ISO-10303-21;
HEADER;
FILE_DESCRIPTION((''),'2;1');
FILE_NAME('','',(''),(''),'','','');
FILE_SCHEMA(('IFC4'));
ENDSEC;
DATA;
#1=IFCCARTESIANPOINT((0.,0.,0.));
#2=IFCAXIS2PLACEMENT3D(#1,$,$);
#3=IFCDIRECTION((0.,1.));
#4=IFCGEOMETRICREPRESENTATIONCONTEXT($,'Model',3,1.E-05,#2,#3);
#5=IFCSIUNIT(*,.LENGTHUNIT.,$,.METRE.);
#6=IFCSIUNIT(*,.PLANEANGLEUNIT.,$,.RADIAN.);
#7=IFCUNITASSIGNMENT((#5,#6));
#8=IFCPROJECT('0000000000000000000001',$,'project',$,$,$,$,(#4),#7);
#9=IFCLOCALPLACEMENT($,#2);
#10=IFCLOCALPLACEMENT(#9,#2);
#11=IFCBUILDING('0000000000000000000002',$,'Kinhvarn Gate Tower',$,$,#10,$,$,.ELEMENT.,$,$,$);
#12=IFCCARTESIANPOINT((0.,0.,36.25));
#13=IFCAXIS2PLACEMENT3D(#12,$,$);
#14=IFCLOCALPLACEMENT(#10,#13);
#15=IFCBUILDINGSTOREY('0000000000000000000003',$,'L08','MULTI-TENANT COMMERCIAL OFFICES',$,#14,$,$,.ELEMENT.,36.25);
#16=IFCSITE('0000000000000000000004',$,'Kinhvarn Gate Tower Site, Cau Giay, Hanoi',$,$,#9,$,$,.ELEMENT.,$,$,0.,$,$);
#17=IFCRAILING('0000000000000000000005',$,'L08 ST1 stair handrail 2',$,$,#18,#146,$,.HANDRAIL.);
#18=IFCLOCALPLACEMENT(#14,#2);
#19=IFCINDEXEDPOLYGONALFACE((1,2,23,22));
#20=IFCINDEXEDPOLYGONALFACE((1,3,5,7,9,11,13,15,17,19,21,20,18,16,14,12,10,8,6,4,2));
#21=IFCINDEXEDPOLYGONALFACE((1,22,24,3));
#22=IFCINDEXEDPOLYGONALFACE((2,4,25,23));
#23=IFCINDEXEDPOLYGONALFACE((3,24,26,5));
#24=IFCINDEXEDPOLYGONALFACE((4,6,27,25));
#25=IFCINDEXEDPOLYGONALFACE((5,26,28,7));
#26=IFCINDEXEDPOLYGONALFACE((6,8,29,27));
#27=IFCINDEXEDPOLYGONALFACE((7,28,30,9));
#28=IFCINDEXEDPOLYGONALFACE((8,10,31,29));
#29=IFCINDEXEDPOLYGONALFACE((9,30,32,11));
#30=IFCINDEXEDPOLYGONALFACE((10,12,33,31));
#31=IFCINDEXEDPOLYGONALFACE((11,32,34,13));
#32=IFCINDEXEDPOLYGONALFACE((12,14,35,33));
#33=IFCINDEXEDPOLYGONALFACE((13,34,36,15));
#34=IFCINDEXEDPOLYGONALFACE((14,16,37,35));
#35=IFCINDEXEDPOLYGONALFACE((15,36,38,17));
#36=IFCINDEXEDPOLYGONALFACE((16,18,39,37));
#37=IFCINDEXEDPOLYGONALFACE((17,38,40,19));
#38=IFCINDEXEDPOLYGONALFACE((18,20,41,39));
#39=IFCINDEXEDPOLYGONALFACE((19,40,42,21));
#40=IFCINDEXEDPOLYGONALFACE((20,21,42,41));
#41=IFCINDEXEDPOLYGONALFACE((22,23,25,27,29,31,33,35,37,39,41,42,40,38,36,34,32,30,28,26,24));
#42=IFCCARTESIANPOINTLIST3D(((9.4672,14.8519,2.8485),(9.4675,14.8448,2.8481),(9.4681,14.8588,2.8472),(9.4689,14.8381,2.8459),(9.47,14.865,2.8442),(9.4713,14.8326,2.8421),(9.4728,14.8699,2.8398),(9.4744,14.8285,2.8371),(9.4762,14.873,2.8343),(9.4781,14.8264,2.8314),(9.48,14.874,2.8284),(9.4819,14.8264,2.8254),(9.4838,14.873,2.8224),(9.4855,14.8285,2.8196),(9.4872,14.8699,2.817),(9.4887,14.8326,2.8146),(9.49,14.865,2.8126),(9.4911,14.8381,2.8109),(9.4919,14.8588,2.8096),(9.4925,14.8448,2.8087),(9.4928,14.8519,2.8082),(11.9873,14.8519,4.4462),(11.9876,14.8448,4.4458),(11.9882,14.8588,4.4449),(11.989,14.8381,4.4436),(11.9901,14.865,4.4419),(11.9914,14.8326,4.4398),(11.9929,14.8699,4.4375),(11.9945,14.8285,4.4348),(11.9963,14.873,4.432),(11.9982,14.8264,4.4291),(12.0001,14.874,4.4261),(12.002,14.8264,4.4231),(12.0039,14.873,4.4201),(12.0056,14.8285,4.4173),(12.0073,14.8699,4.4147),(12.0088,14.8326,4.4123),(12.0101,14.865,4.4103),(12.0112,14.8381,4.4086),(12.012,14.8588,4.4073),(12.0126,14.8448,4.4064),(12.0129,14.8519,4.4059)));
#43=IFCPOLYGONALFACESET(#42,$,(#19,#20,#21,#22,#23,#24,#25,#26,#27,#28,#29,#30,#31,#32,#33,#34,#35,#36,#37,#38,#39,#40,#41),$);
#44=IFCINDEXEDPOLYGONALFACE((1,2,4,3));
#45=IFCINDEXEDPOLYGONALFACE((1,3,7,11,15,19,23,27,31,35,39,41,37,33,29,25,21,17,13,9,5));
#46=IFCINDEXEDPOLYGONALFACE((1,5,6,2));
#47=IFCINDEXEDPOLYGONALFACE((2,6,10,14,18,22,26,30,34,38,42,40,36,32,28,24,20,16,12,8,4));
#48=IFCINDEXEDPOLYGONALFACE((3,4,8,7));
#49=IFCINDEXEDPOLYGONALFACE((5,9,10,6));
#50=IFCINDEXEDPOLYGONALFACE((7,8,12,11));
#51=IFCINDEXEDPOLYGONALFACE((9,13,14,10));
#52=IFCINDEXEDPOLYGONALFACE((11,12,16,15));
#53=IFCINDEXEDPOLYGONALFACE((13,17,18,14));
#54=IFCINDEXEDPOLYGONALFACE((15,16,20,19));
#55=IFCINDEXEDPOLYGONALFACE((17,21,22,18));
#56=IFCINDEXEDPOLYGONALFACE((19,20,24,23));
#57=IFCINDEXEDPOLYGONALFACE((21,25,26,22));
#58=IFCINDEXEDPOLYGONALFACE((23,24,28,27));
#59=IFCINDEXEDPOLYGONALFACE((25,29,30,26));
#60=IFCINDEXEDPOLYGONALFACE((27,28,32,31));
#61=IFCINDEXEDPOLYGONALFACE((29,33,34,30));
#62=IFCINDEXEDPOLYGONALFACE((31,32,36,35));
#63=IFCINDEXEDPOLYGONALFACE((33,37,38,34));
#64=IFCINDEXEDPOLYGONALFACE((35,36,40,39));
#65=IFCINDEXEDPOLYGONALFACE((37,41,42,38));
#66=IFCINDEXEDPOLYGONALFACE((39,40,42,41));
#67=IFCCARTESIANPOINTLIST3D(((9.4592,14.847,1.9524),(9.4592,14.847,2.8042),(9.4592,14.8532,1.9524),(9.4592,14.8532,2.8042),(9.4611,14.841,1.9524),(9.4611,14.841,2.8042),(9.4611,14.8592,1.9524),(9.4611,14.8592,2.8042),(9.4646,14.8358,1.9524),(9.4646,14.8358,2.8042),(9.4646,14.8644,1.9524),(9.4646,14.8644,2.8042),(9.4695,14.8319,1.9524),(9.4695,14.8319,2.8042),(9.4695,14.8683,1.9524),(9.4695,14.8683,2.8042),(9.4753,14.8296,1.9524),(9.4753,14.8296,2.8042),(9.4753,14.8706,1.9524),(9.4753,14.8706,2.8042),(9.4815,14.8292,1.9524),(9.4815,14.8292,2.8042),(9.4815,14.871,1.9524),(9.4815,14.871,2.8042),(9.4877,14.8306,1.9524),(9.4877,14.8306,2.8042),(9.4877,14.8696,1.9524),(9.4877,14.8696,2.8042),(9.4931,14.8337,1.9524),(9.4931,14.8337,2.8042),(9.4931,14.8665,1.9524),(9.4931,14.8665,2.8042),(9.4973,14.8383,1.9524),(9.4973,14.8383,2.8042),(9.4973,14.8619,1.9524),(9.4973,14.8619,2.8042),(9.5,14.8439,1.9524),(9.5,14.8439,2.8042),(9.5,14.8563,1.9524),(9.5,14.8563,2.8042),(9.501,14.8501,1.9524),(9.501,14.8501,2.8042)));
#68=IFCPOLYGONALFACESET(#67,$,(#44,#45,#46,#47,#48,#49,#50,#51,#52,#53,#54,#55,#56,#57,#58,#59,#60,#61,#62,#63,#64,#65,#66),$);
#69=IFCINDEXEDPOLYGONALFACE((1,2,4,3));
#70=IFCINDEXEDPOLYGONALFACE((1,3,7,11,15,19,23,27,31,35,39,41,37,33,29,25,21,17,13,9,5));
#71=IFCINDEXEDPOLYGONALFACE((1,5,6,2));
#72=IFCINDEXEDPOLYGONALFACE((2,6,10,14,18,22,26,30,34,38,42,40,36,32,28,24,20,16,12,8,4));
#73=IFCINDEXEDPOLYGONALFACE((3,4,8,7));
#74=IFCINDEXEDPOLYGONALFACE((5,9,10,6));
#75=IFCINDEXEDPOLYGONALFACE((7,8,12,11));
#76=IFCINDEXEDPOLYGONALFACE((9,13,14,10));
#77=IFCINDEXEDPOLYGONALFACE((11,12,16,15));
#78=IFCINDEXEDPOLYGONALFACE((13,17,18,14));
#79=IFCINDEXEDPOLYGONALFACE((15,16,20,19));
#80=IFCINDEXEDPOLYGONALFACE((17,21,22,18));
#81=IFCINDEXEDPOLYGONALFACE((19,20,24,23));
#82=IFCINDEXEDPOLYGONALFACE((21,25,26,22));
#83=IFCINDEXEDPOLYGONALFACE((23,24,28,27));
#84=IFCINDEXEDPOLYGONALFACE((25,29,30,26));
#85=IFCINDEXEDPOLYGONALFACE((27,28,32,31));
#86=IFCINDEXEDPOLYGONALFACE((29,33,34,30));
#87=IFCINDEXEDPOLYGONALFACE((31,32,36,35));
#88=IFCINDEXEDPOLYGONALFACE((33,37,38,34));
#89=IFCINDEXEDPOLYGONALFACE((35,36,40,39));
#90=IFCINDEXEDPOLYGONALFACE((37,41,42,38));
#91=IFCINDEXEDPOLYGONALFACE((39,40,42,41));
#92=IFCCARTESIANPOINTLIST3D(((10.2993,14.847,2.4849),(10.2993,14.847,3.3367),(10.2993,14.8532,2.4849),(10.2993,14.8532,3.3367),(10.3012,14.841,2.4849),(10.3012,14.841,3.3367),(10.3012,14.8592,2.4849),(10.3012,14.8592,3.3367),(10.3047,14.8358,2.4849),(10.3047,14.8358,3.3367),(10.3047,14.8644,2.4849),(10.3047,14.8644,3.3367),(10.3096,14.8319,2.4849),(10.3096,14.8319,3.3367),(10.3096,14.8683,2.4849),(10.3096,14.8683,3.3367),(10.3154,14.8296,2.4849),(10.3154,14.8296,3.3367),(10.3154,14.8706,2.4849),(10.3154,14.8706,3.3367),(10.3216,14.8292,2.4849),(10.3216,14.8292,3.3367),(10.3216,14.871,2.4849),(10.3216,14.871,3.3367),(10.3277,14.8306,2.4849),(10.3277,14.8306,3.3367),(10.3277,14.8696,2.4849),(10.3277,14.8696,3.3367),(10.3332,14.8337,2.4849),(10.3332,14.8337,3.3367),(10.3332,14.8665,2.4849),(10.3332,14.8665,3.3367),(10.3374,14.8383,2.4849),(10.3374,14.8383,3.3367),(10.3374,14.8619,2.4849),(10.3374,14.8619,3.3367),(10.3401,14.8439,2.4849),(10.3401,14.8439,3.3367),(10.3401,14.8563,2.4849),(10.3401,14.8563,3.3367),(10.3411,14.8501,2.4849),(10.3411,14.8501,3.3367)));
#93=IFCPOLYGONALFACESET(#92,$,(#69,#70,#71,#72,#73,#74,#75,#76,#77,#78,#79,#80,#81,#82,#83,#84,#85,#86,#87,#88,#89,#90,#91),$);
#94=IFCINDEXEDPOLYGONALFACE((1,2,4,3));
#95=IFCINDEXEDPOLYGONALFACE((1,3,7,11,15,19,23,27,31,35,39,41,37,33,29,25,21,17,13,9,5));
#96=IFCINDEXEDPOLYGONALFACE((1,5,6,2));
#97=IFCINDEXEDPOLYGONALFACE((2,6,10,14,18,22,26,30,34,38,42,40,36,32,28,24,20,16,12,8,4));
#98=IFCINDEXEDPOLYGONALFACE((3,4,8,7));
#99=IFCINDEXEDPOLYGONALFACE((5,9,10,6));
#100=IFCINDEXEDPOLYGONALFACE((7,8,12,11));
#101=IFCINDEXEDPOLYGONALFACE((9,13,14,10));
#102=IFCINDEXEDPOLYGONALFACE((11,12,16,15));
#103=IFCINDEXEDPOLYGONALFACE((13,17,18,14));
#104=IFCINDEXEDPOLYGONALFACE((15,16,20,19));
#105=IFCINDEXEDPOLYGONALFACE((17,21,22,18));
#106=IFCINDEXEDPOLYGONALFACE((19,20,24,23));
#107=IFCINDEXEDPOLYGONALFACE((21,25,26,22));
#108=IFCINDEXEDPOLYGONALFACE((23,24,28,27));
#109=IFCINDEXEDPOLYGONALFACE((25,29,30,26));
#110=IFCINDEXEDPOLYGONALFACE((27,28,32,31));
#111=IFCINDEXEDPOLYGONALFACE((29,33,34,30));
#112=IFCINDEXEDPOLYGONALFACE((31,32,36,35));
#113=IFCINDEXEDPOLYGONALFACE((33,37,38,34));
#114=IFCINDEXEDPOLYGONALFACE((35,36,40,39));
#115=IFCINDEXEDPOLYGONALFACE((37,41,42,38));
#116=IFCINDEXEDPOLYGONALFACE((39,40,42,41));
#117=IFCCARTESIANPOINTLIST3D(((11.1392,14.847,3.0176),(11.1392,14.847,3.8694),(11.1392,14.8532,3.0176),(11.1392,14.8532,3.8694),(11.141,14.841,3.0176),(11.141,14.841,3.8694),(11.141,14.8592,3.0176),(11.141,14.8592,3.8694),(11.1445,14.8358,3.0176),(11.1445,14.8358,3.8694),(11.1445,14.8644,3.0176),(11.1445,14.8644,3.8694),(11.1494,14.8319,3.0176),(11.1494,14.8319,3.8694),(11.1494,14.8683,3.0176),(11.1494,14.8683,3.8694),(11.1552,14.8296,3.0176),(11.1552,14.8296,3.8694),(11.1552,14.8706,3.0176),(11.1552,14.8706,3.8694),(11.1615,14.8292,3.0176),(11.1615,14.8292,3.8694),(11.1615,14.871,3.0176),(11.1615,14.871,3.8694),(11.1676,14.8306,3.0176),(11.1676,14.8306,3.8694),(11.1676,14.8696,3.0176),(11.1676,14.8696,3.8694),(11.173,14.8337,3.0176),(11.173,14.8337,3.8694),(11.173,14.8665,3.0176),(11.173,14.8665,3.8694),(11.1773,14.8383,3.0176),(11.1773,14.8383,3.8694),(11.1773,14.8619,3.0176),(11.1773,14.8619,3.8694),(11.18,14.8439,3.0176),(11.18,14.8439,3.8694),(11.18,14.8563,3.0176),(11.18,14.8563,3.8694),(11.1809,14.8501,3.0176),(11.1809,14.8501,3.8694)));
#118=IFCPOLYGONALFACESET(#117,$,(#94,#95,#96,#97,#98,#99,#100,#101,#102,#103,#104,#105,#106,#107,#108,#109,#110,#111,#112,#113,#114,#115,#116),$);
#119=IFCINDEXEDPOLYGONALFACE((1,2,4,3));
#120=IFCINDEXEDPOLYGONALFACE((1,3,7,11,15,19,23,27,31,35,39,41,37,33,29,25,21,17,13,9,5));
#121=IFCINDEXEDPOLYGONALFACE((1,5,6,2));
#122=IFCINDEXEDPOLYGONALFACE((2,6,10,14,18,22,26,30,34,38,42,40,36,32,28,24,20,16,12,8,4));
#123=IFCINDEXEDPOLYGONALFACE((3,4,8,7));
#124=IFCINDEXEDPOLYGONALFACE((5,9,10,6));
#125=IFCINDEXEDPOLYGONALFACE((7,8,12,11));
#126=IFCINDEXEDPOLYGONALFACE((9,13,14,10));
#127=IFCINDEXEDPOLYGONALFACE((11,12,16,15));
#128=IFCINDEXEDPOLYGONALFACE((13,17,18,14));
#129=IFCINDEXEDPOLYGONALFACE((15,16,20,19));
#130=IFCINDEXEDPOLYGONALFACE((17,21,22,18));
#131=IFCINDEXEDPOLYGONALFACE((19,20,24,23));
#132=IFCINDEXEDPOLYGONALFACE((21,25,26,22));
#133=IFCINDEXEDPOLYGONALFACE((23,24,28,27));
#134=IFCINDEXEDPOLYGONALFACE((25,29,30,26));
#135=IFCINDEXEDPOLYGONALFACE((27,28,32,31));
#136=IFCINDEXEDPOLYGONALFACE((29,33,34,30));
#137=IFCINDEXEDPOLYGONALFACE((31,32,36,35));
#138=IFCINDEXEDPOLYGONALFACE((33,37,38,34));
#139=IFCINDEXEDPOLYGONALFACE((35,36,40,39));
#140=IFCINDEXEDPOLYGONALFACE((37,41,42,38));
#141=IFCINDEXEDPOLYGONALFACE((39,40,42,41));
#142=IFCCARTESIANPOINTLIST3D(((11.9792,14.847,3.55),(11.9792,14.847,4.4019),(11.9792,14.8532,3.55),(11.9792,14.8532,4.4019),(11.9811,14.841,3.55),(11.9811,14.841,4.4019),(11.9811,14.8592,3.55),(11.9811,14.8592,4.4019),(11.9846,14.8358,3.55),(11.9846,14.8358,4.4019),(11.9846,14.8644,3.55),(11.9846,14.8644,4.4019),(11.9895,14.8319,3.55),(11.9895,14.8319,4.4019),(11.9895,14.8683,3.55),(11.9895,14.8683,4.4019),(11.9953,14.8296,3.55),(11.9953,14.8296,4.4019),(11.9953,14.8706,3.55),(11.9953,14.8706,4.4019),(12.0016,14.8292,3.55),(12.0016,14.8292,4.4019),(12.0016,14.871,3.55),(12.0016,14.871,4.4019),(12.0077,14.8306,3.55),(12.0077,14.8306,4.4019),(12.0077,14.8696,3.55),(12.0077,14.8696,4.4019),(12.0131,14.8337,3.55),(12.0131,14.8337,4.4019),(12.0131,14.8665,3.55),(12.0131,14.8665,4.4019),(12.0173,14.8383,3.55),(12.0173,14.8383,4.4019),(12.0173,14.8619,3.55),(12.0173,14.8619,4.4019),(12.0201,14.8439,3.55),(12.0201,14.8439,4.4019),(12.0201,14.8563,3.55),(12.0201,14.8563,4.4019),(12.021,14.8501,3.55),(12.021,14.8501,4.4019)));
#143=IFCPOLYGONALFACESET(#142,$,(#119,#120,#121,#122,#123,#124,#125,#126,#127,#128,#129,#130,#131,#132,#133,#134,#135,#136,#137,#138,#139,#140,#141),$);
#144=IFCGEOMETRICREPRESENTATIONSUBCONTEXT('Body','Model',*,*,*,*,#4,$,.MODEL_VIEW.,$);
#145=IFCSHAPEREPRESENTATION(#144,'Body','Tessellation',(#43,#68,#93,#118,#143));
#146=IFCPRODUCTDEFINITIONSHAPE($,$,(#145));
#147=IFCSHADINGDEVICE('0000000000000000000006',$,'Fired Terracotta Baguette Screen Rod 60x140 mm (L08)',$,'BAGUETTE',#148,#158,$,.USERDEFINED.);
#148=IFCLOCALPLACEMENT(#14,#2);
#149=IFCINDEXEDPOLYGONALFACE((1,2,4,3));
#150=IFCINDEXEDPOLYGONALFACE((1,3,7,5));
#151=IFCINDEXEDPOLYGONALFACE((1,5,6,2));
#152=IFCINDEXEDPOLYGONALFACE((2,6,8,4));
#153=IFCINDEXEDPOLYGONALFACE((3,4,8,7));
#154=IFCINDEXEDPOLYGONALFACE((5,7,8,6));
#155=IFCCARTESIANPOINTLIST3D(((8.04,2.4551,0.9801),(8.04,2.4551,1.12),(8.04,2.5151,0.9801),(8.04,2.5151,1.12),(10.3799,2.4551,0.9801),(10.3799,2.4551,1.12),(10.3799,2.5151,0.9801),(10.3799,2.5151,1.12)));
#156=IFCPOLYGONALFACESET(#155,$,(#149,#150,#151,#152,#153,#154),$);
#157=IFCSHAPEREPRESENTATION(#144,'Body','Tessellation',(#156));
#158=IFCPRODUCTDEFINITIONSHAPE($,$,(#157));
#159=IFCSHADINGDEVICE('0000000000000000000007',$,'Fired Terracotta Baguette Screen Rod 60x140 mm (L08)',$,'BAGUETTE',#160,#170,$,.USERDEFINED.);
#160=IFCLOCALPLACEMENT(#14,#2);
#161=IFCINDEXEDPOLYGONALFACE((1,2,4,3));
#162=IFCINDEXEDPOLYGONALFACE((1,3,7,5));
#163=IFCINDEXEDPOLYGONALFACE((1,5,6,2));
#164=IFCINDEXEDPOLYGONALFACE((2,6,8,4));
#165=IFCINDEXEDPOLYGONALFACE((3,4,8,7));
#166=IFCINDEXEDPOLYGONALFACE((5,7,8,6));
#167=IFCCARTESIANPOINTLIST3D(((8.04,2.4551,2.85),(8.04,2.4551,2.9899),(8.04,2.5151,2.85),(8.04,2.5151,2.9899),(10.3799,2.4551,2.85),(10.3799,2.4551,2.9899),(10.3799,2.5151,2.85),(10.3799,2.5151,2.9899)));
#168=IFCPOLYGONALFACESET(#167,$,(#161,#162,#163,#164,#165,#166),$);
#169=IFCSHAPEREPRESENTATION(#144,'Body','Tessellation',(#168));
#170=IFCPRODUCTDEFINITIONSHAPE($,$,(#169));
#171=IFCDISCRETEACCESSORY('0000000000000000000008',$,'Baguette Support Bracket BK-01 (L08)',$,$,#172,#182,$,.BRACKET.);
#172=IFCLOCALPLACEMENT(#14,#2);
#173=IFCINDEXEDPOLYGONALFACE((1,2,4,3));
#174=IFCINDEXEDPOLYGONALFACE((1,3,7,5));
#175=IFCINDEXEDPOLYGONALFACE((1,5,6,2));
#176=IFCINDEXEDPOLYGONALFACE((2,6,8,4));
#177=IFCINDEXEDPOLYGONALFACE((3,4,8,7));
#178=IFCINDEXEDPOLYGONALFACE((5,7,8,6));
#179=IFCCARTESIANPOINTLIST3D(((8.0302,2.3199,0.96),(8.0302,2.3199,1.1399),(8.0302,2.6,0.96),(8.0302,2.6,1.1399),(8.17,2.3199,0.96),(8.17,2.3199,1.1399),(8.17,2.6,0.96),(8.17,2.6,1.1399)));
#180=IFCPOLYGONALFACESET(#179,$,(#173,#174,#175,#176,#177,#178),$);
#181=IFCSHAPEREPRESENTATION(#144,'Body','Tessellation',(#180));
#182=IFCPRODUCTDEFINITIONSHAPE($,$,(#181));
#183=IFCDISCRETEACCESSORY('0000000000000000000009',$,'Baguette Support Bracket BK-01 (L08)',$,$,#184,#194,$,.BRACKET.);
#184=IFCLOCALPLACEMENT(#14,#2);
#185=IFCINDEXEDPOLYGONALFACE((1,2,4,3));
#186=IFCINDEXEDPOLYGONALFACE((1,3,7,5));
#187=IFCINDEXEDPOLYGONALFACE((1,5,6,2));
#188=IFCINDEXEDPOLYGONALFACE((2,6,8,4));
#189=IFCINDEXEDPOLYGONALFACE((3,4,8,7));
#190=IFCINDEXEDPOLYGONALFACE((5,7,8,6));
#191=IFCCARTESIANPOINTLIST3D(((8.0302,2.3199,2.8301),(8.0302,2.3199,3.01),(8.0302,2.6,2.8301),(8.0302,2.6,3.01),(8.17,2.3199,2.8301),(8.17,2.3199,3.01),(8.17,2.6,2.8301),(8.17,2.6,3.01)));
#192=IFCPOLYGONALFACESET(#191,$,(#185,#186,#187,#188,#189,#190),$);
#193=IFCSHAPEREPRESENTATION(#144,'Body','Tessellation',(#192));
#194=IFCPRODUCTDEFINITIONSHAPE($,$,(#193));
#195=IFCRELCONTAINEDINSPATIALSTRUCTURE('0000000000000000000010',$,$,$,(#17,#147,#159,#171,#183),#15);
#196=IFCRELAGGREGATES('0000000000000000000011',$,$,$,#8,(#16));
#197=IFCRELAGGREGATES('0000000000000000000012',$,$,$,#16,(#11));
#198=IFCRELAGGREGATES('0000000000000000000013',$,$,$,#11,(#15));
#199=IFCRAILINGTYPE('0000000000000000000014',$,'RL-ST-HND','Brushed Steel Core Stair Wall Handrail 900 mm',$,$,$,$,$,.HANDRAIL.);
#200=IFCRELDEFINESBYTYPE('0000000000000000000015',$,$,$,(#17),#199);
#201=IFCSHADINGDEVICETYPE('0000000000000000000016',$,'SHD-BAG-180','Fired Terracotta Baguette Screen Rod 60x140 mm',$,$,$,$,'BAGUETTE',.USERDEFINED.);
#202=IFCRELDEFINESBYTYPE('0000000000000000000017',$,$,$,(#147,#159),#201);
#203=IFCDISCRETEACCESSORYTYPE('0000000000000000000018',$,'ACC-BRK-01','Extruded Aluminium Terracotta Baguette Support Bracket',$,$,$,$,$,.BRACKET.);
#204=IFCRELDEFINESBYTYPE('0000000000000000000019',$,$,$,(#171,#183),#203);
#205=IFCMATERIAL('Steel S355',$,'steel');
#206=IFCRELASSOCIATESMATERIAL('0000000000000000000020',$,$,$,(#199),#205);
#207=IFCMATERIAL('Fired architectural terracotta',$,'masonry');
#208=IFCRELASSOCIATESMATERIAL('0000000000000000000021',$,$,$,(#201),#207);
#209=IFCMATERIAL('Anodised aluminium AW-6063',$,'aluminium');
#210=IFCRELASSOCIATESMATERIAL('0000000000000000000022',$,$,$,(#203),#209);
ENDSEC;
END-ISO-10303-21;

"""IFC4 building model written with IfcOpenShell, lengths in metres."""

from ifc_helpers import new_model, si_unit, direction, frame, origin, origin_2d, place, context, subcontext, project, spatial, rectangle, circle, extrude, material, material_profile, profile_set, type_object, element, save


model = new_model("IFC4")

# Units and contexts
model_context = context("Model", 3, precision=1e-05, world=origin(), true_north=direction((0.0, 1.0)))
body_context = subcontext(model_context, "Body", "Model", "MODEL_VIEW")
ifc_project = project(units=[si_unit("LENGTHUNIT", "METRE"), si_unit("PLANEANGLEUNIT", "RADIAN")], contexts=[model_context])

# Site, building, storey
site_placement = place(None, origin())
site = spatial("IfcSite", under=ifc_project, at=site_placement, Name="Kinhvarn Gate Tower Site, Cau Giay, Hanoi", CompositionType="ELEMENT", RefElevation=0.0)
building_placement = place(site_placement, origin())
building = spatial("IfcBuilding", under=site, at=building_placement, Name="Kinhvarn Gate Tower", CompositionType="ELEMENT")
storey_placement = place(building_placement, frame((0.0, 0.0, 36.25)))
storey = spatial("IfcBuildingStorey", under=building, at=storey_placement, Name="L08", Description="MULTI-TENANT COMMERCIAL OFFICES", CompositionType="ELEMENT", Elevation=36.25)

# Shared definitions
ifc_material_1 = material(Name="Anodised aluminium AW-6063", Category="aluminium")

# Shared definitions
ifc_material_2 = material(Name="Steel S355", Category="steel")

# Shared definitions
ifc_material_3 = material(Name="Fired architectural terracotta", Category="masonry")

# Railing
railing_type_1 = type_object("IfcRailingType", Name="RL-ST-HND", Description="Brushed Steel Core Stair Wall Handrail 900 mm", PredefinedType="HANDRAIL", material=ifc_material_2)
railing_1_placement = place(storey_placement, frame((9.48, 14.8501, 1.9524)))
element("IfcRailing", 1, at=railing_1_placement, inside=storey, type_object=railing_type_1, Name="L08 ST1 stair handrail 2", PredefinedType="HANDRAIL", context=body_context, shape_type="SweptSolid", body=[
    extrude(circle(Radius=0.0239, at=origin_2d()), frame((0.0, 0.0, 0.876), z_axis=(0.84457, 0.0, 0.535445), x_axis=(0.0, 1.0, 0.0)), (0.0, 0.0, 1.0), 2.9839),
    extrude(circle(Radius=0.021, at=origin_2d()), origin(), (0.0, 0.0, 1.0), 0.8518),
    extrude(circle(Radius=0.021, at=origin_2d()), frame((0.8401, 0.0, 0.5325)), (0.0, 0.0, 1.0), 0.8518),
    extrude(circle(Radius=0.021, at=origin_2d()), frame((1.6799, 0.0, 1.0652)), (0.0, 0.0, 1.0), 0.8518),
    extrude(circle(Radius=0.021, at=origin_2d()), frame((2.52, 0.0, 1.5977)), (0.0, 0.0, 1.0), 0.8518),
])

# Shading devices
ifc_material_profile_1 = material_profile(ifc_material_3, rectangle(XDim=0.0601, YDim=0.1399, at=origin_2d()), Name="TC 60x140")
ifc_profile_set_1 = profile_set([ifc_material_profile_1], Name="Fired architectural terracotta")
shading_device_type = type_object("IfcShadingDeviceType", Name="SHD-BAG-180", Description="Fired Terracotta Baguette Screen Rod 60x140 mm", ElementType="BAGUETTE", PredefinedType="USERDEFINED", material=ifc_profile_set_1)
for number, where, z_axis, x_axis, name in (
    (2, (8.04, 2.4851, 1.05), (1.0, 0.0, 0.0), (0.0, 1.0, 0.0), "Fired Terracotta Baguette Screen Rod 60x140 mm (L08)"),
    (3, (8.04, 2.4851, 2.9199), (1.0, 0.0, 0.0), (0.0, 1.0, 0.0), "Fired Terracotta Baguette Screen Rod 60x140 mm (L08)"),
):
    element("IfcShadingDevice", number, at=place(storey_placement, frame(where, z_axis=z_axis, x_axis=x_axis)), inside=storey, type_object=shading_device_type, Name=name, ObjectType="BAGUETTE", PredefinedType="USERDEFINED", context=body_context, shape_type="SweptSolid", body=[
        extrude(rectangle(XDim=0.0601, YDim=0.1399, at=origin_2d()), origin(), (0.0, 0.0, 1.0), 2.3398),
    ])

# Discrete accessories
discrete_accessory_type = type_object("IfcDiscreteAccessoryType", Name="ACC-BRK-01", Description="Extruded Aluminium Terracotta Baguette Support Bracket", PredefinedType="BRACKET", material=ifc_material_1)
for number, where, z_axis, x_axis, name in (
    (4, (8.1001, 2.46, 0.96), (0.0, 0.0, 1.0), (1.0, 0.0, 0.0), "Baguette Support Bracket BK-01 (L08)"),
    (5, (8.1001, 2.46, 2.8301), (0.0, 0.0, 1.0), (1.0, 0.0, 0.0), "Baguette Support Bracket BK-01 (L08)"),
):
    element("IfcDiscreteAccessory", number, at=place(storey_placement, frame(where, z_axis=z_axis, x_axis=x_axis)), inside=storey, type_object=discrete_accessory_type, Name=name, PredefinedType="BRACKET", context=body_context, shape_type="SweptSolid", body=[
        extrude(rectangle(XDim=0.1399, YDim=0.28, at=origin_2d()), origin(), (0.0, 0.0, 1.0), 0.1799),
    ])

save(model, "model.ifc")
